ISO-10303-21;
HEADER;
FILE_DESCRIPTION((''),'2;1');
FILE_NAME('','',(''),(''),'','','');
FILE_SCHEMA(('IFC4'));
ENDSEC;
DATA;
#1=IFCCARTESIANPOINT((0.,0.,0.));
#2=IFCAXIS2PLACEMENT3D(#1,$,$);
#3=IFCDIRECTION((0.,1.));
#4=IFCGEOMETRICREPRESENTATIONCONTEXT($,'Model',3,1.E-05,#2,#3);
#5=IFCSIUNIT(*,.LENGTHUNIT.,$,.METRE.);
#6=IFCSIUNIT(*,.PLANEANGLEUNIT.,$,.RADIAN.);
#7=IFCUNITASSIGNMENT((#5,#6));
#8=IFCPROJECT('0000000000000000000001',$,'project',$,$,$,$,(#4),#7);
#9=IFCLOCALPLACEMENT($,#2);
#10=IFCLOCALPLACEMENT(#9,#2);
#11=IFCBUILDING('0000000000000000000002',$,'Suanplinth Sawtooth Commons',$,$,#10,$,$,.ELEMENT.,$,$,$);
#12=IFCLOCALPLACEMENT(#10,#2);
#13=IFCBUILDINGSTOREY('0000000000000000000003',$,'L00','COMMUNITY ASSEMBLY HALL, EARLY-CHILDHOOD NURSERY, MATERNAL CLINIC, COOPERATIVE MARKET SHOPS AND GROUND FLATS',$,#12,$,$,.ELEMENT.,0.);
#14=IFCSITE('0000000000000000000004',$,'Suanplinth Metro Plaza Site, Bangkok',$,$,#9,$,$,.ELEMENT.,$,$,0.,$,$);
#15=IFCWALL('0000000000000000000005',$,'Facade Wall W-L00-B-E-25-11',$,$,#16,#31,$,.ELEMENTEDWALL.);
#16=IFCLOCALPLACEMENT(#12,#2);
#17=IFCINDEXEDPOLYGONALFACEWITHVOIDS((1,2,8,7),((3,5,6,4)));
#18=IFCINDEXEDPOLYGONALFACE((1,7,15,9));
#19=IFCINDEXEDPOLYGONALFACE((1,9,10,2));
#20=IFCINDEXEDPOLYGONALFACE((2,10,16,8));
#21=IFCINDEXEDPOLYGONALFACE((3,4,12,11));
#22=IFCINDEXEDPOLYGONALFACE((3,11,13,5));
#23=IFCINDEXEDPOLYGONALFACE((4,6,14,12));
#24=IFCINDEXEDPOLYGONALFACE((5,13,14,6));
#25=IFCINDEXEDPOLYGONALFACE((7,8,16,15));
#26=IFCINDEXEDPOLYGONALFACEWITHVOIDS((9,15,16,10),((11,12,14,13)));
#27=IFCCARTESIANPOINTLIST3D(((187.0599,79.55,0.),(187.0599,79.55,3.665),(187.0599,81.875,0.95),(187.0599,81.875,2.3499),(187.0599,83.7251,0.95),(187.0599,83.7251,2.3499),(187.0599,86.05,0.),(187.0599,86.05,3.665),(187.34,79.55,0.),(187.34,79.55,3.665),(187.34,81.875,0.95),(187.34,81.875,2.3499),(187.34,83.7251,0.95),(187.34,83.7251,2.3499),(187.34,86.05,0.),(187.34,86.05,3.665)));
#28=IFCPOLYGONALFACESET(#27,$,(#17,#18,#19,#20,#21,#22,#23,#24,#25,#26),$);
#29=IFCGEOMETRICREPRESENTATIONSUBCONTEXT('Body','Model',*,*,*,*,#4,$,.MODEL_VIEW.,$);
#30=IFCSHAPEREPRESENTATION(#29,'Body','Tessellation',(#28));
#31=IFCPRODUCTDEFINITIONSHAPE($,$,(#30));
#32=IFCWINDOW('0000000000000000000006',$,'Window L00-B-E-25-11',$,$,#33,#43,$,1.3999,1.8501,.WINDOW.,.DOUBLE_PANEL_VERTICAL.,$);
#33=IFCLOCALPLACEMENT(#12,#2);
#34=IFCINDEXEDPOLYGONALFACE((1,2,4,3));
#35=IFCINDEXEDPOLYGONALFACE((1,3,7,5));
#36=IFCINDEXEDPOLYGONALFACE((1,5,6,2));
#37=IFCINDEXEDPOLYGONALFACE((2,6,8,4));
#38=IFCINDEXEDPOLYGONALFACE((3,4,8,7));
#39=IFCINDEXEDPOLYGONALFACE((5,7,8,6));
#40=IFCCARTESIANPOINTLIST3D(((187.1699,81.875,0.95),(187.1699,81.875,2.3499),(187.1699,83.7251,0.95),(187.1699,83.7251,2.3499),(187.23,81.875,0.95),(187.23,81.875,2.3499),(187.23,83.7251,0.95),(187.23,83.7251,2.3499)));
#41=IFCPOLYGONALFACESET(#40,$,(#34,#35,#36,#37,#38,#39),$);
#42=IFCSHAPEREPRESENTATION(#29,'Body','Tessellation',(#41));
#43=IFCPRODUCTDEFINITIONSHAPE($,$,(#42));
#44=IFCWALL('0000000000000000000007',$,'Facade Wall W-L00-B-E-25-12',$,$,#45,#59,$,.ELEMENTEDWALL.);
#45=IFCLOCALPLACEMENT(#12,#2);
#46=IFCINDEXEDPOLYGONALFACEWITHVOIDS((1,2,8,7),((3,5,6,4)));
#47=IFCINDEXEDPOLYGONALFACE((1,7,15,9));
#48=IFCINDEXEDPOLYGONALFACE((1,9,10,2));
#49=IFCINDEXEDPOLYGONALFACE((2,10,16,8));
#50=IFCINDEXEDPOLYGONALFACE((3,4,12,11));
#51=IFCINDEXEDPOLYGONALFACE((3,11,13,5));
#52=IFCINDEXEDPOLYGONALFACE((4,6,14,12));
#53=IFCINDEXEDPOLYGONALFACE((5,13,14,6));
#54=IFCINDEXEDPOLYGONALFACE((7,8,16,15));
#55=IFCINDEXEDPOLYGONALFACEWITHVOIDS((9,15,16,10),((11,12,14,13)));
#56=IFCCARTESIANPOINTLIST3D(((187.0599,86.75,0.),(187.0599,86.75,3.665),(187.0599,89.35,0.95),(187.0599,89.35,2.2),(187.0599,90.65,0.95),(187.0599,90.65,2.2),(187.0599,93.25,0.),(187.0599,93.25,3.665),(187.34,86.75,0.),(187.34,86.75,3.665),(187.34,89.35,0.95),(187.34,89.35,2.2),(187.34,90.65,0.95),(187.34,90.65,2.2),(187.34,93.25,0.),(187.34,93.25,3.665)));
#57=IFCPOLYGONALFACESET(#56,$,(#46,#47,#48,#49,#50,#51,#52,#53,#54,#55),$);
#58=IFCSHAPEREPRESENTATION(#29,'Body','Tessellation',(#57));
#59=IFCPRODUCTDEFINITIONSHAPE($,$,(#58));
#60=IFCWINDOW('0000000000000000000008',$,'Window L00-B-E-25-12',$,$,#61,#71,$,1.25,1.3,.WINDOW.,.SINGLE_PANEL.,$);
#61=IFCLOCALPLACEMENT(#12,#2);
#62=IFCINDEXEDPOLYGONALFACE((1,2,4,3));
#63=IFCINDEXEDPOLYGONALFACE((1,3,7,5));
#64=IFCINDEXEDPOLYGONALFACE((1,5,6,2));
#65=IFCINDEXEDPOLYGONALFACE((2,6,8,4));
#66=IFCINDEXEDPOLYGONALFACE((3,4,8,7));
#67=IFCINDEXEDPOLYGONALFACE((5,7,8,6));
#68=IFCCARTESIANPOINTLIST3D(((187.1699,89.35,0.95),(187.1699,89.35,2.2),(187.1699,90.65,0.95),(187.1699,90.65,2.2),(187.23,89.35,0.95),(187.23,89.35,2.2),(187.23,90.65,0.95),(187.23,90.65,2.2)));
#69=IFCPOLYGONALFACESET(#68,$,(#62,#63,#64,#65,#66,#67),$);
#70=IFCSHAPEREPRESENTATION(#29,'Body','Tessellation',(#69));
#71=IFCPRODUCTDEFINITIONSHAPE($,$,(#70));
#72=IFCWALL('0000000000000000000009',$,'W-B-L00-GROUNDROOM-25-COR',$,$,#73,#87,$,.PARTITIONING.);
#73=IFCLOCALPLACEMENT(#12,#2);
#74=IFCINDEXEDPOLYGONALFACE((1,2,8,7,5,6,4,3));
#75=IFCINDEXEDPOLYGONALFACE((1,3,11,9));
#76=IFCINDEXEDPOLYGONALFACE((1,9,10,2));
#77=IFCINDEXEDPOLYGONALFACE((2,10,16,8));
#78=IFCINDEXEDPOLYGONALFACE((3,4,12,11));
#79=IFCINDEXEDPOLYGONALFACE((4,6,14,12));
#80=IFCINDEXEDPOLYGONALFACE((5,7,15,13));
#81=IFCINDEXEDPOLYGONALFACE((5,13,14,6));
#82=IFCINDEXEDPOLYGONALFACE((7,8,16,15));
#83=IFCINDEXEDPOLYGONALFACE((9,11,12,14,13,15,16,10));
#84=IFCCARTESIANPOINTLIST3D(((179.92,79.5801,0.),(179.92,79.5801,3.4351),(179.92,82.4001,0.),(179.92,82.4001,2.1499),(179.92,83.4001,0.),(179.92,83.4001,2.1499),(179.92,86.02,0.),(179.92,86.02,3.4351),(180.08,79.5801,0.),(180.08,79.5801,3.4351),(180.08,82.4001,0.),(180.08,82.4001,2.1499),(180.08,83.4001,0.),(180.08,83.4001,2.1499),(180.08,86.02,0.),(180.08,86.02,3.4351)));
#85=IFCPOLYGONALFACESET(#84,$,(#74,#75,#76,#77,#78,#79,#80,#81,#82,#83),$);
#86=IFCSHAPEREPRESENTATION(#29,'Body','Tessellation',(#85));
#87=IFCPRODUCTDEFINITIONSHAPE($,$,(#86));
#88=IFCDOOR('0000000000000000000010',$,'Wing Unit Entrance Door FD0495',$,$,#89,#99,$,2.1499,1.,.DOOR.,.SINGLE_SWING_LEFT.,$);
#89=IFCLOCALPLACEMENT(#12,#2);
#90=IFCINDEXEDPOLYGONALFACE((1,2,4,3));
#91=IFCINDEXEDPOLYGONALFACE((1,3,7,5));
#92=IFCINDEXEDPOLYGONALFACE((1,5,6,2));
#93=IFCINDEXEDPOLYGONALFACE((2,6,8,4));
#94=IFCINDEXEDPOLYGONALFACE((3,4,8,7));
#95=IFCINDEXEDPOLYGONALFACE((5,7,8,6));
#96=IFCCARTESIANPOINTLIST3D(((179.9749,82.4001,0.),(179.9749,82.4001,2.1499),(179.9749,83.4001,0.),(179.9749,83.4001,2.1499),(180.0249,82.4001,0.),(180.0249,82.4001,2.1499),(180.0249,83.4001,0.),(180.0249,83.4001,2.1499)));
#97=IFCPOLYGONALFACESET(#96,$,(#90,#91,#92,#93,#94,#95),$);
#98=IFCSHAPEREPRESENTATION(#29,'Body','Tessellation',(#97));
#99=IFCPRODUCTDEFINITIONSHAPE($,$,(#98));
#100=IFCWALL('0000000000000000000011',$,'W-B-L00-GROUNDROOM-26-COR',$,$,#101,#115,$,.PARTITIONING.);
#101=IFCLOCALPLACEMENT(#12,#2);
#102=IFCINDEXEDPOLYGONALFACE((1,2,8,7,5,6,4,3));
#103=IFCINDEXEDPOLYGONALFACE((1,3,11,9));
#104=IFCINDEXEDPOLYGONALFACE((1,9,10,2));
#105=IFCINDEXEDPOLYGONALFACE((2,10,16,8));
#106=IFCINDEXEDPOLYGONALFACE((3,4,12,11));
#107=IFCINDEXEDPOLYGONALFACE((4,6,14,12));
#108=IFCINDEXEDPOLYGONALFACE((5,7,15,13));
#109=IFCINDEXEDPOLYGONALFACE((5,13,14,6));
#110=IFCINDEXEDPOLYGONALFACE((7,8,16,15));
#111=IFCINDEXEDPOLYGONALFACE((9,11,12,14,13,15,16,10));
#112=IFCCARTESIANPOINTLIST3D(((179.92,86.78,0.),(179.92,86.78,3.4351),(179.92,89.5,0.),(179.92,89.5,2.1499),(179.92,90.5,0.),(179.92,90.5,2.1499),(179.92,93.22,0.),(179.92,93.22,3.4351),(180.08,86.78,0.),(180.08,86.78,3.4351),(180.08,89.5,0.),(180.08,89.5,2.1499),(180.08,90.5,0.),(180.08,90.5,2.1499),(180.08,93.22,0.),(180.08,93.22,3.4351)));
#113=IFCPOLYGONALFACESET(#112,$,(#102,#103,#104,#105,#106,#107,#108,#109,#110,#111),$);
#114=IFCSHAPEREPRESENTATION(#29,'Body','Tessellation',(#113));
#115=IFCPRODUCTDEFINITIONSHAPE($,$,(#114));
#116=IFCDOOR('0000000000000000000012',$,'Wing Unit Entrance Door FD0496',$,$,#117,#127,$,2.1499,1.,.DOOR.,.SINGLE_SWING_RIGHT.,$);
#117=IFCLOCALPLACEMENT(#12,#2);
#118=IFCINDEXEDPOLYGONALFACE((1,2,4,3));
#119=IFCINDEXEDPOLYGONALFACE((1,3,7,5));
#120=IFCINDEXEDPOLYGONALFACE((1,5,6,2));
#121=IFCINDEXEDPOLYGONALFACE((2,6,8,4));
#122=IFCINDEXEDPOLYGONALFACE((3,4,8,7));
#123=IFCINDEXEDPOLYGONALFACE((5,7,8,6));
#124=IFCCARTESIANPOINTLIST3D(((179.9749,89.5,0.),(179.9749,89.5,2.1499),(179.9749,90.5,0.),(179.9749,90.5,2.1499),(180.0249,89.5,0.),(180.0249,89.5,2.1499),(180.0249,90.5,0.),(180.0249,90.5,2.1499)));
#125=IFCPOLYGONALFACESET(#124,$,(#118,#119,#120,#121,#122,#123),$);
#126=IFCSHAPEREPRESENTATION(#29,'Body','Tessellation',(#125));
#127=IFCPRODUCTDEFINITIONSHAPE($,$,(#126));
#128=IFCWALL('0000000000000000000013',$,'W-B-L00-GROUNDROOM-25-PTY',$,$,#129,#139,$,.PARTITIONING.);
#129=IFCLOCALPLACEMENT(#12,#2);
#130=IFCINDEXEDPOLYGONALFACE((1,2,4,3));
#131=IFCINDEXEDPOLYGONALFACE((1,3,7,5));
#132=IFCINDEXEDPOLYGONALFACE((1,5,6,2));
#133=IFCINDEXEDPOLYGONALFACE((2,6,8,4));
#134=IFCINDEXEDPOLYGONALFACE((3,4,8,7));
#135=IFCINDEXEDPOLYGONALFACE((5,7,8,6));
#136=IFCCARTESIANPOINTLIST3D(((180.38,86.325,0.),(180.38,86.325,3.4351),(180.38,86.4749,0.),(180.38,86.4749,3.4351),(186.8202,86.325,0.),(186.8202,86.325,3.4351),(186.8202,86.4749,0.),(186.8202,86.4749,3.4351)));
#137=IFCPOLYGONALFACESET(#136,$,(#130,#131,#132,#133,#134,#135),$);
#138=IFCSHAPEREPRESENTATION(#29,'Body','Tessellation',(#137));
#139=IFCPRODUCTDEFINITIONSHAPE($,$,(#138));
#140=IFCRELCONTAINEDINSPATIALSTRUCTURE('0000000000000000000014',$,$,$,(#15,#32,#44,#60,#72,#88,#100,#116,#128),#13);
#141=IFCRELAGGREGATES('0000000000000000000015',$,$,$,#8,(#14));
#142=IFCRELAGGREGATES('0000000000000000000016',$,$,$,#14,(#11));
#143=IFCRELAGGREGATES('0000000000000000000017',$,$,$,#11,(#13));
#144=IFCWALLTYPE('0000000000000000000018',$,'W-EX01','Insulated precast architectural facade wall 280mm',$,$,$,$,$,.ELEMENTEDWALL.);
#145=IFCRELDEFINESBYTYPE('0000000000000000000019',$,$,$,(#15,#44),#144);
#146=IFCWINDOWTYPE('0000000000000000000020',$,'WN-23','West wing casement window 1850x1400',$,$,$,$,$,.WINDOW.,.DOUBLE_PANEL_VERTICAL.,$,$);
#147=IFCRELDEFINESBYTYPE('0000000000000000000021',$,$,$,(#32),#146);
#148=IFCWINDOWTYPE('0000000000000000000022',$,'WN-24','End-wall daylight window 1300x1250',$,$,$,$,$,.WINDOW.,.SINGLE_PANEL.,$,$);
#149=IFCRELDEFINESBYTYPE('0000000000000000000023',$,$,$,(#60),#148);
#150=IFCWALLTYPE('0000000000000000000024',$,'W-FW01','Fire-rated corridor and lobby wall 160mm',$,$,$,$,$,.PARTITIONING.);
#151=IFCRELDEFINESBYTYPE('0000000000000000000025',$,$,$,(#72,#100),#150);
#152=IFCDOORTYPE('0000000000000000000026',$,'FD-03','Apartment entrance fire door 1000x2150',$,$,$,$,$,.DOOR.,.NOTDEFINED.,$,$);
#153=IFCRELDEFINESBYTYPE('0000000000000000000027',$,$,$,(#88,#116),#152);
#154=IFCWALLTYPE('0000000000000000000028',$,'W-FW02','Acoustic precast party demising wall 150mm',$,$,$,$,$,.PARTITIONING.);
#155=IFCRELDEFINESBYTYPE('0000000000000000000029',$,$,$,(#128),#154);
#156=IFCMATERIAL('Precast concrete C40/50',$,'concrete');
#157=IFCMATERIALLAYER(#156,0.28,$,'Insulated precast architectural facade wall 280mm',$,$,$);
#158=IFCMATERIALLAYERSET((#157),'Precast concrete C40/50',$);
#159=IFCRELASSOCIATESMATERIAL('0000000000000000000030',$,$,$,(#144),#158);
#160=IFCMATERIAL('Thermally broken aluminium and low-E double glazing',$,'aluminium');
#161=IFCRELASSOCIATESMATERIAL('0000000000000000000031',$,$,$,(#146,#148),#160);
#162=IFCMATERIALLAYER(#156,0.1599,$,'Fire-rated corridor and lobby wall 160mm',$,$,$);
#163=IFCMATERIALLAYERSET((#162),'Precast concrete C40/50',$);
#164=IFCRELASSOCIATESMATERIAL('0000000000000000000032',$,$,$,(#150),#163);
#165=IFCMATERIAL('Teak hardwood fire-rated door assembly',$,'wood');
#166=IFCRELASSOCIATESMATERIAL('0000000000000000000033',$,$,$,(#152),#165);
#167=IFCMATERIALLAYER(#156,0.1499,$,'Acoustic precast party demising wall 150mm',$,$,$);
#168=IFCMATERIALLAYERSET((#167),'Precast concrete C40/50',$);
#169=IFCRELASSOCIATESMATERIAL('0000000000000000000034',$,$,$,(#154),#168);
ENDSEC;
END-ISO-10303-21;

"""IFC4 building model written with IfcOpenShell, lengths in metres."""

from ifc_helpers import new_model, si_unit, direction, frame, frame_2d, origin, place, context, subcontext, project, spatial, rectangle, extrude, material, layer, layer_set, type_object, element, fill, save


model = new_model("IFC4")

# Units and contexts
model_context = context("Model", 3, precision=1e-05, world=origin(), true_north=direction((0.0, 1.0)))
body_context = subcontext(model_context, "Body", "Model", "MODEL_VIEW")
ifc_project = project(units=[si_unit("LENGTHUNIT", "METRE"), si_unit("PLANEANGLEUNIT", "RADIAN")], contexts=[model_context])

# Site, building, storey
site_placement = place(None, origin())
site = spatial("IfcSite", under=ifc_project, at=site_placement, Name="Suanplinth Metro Plaza Site, Bangkok", CompositionType="ELEMENT", RefElevation=0.0)
building_placement = place(site_placement, origin())
building = spatial("IfcBuilding", under=site, at=building_placement, Name="Suanplinth Sawtooth Commons", CompositionType="ELEMENT")
storey_placement = place(building_placement, origin())
storey = spatial("IfcBuildingStorey", under=building, at=storey_placement, Name="L00", Description="COMMUNITY ASSEMBLY HALL, EARLY-CHILDHOOD NURSERY, MATERNAL CLINIC, COOPERATIVE MARKET SHOPS AND GROUND FLATS", CompositionType="ELEMENT", Elevation=0.0)

# Shared definitions
ifc_material_1 = material(Name="Precast concrete C40/50", Category="concrete")

# Walls, openings, windows
ifc_layer_1 = layer(ifc_material_1, 0.28, Name="Insulated precast architectural facade wall 280mm")
ifc_layer_set_1 = layer_set([ifc_layer_1], Name="Precast concrete C40/50")
wall_type_1 = type_object("IfcWallType", Name="W-EX01", Description="Insulated precast architectural facade wall 280mm", PredefinedType="ELEMENTEDWALL", material=ifc_layer_set_1)
ifc_material_2 = material(Name="Thermally broken aluminium and low-E double glazing", Category="aluminium")
window_type_1 = type_object("IfcWindowType", Name="WN-23", Description="West wing casement window 1850x1400", PartitioningType="DOUBLE_PANEL_VERTICAL", PredefinedType="WINDOW", material=ifc_material_2)
wall_1_placement = place(storey_placement, frame((187.2, 79.55, 0.0), z_axis=(0.0, 0.0, 1.0), x_axis=(0.0, 1.0, 0.0)))
wall_1 = element("IfcWall", 1, at=wall_1_placement, inside=storey, type_object=wall_type_1, Name="Facade Wall W-L00-B-E-25-11", PredefinedType="ELEMENTEDWALL", context=body_context, shape_type="SweptSolid", body=[
    extrude(rectangle(XDim=6.5, YDim=0.28, at=frame_2d((3.25, 0.0))), origin(), (0.0, 0.0, 1.0), 3.665),
])
opening_1_placement = place(wall_1_placement, frame((2.325, 0.0, 0.95)))
opening_1 = element("IfcOpeningElement", 2, at=opening_1_placement, cuts=wall_1, PredefinedType="OPENING", context=body_context, shape_type="SweptSolid", body=[
    extrude(rectangle(XDim=1.8501, YDim=1.3999, at=frame_2d((0.925, 0.7))), frame((0.0, 0.1548, 0.0), z_axis=(0.0, -1.0, 0.0), x_axis=(1.0, 0.0, 0.0)), (0.0, 0.0, 1.0), 0.3098),
])
window_1_placement = place(opening_1_placement, origin())
window_1 = element("IfcWindow", 3, at=window_1_placement, inside=storey, type_object=window_type_1, Name="Window L00-B-E-25-11", OverallHeight=1.3999, OverallWidth=1.8501, PartitioningType="DOUBLE_PANEL_VERTICAL", PredefinedType="WINDOW", context=body_context, shape_type="SweptSolid", body=[
    extrude(rectangle(XDim=1.8501, YDim=1.3999, at=frame_2d((0.925, 0.7))), frame((0.0, 0.03, 0.0), z_axis=(0.0, -1.0, 0.0), x_axis=(1.0, 0.0, 0.0)), (0.0, 0.0, 1.0), 0.0601),
])
fill(opening_1, window_1)
wall_2_placement = place(storey_placement, frame((187.2, 86.75, 0.0), z_axis=(0.0, 0.0, 1.0), x_axis=(0.0, 1.0, 0.0)))
wall_2 = element("IfcWall", 4, at=wall_2_placement, inside=storey, type_object=wall_type_1, Name="Facade Wall W-L00-B-E-25-12", PredefinedType="ELEMENTEDWALL", context=body_context, shape_type="SweptSolid", body=[
    extrude(rectangle(XDim=6.5, YDim=0.28, at=frame_2d((3.25, 0.0))), origin(), (0.0, 0.0, 1.0), 3.665),
])
opening_2_placement = place(wall_2_placement, frame((2.6001, 0.0, 0.95)))
opening_2 = element("IfcOpeningElement", 5, at=opening_2_placement, cuts=wall_2, PredefinedType="OPENING", context=body_context, shape_type="SweptSolid", body=[
    extrude(rectangle(XDim=1.3, YDim=1.25, at=frame_2d((0.6499, 0.625))), frame((0.0, 0.1548, 0.0), z_axis=(0.0, -1.0, 0.0), x_axis=(1.0, 0.0, 0.0)), (0.0, 0.0, 1.0), 0.3098),
])
window_type_2 = type_object("IfcWindowType", Name="WN-24", Description="End-wall daylight window 1300x1250", PartitioningType="SINGLE_PANEL", PredefinedType="WINDOW", material=ifc_material_2)
window_2_placement = place(opening_2_placement, origin())
window_2 = element("IfcWindow", 6, at=window_2_placement, inside=storey, type_object=window_type_2, Name="Window L00-B-E-25-12", OverallHeight=1.25, OverallWidth=1.3, PartitioningType="SINGLE_PANEL", PredefinedType="WINDOW", context=body_context, shape_type="SweptSolid", body=[
    extrude(rectangle(XDim=1.3, YDim=1.25, at=frame_2d((0.6499, 0.625))), frame((0.0, 0.03, 0.0), z_axis=(0.0, -1.0, 0.0), x_axis=(1.0, 0.0, 0.0)), (0.0, 0.0, 1.0), 0.0601),
])
fill(opening_2, window_2)

# Walls, openings, doors
ifc_layer_2 = layer(ifc_material_1, 0.1599, Name="Fire-rated corridor and lobby wall 160mm")
ifc_layer_set_2 = layer_set([ifc_layer_2], Name="Precast concrete C40/50")
wall_type_2 = type_object("IfcWallType", Name="W-FW01", Description="Fire-rated corridor and lobby wall 160mm", PredefinedType="PARTITIONING", material=ifc_layer_set_2)
wall_3_placement = place(storey_placement, frame((180.0, 79.5801, 0.0), z_axis=(0.0, 0.0, 1.0), x_axis=(0.0, 1.0, 0.0)))
wall_3 = element("IfcWall", 7, at=wall_3_placement, inside=storey, type_object=wall_type_2, Name="W-B-L00-GROUNDROOM-25-COR", PredefinedType="PARTITIONING", context=body_context, shape_type="SweptSolid", body=[
    extrude(rectangle(XDim=6.4399, YDim=0.1599, at=frame_2d((3.22, 0.0))), origin(), (0.0, 0.0, 1.0), 3.4351),
])
opening_3_placement = place(wall_3_placement, frame((2.8201, 0.0, 0.0)))
opening_3 = element("IfcOpeningElement", 8, at=opening_3_placement, cuts=wall_3, PredefinedType="OPENING", context=body_context, shape_type="SweptSolid", body=[
    extrude(rectangle(XDim=1.0, YDim=2.1499, at=frame_2d((0.5, 1.075))), frame((0.0, 0.0947, 0.0), z_axis=(0.0, -1.0, 0.0), x_axis=(1.0, 0.0, 0.0)), (0.0, 0.0, 1.0), 0.1897),
])
ifc_material_3 = material(Name="Teak hardwood fire-rated door assembly", Category="wood")
door_type = type_object("IfcDoorType", Name="FD-03", Description="Apartment entrance fire door 1000x2150", OperationType="NOTDEFINED", PredefinedType="DOOR", material=ifc_material_3)
door_1_placement = place(opening_3_placement, frame((1.0, 0.0, 0.0), z_axis=(0.0, 0.0, 1.0), x_axis=(-1.0, 0.0, 0.0)))
door_1 = element("IfcDoor", 9, at=door_1_placement, inside=storey, type_object=door_type, Name="Wing Unit Entrance Door FD0495", OperationType="SINGLE_SWING_LEFT", OverallHeight=2.1499, OverallWidth=1.0, PredefinedType="DOOR", context=body_context, shape_type="SweptSolid", body=[
    extrude(rectangle(XDim=1.0, YDim=2.1499, at=frame_2d((0.5, 1.075))), frame((0.0, 0.0249, 0.0), z_axis=(0.0, -1.0, 0.0), x_axis=(1.0, 0.0, 0.0)), (0.0, 0.0, 1.0), 0.05),
])
fill(opening_3, door_1)
wall_4_placement = place(storey_placement, frame((180.0, 86.78, 0.0), z_axis=(0.0, 0.0, 1.0), x_axis=(0.0, 1.0, 0.0)))
wall_4 = element("IfcWall", 10, at=wall_4_placement, inside=storey, type_object=wall_type_2, Name="W-B-L00-GROUNDROOM-26-COR", PredefinedType="PARTITIONING", context=body_context, shape_type="SweptSolid", body=[
    extrude(rectangle(XDim=6.4399, YDim=0.1599, at=frame_2d((3.22, 0.0))), origin(), (0.0, 0.0, 1.0), 3.4351),
])
opening_4_placement = place(wall_4_placement, frame((2.72, 0.0, 0.0)))
opening_4 = element("IfcOpeningElement", 11, at=opening_4_placement, cuts=wall_4, PredefinedType="OPENING", context=body_context, shape_type="SweptSolid", body=[
    extrude(rectangle(XDim=1.0, YDim=2.1499, at=frame_2d((0.5, 1.075))), frame((0.0, 0.0947, 0.0), z_axis=(0.0, -1.0, 0.0), x_axis=(1.0, 0.0, 0.0)), (0.0, 0.0, 1.0), 0.1897),
])
door_2_placement = place(opening_4_placement, frame((1.0, 0.0, 0.0), z_axis=(0.0, 0.0, 1.0), x_axis=(-1.0, 0.0, 0.0)))
door_2 = element("IfcDoor", 12, at=door_2_placement, inside=storey, type_object=door_type, Name="Wing Unit Entrance Door FD0496", OperationType="SINGLE_SWING_RIGHT", OverallHeight=2.1499, OverallWidth=1.0, PredefinedType="DOOR", context=body_context, shape_type="SweptSolid", body=[
    extrude(rectangle(XDim=1.0, YDim=2.1499, at=frame_2d((0.5, 1.075))), frame((0.0, 0.0249, 0.0), z_axis=(0.0, -1.0, 0.0), x_axis=(1.0, 0.0, 0.0)), (0.0, 0.0, 1.0), 0.05),
])
fill(opening_4, door_2)

# Wall
ifc_layer_3 = layer(ifc_material_1, 0.1499, Name="Acoustic precast party demising wall 150mm")
ifc_layer_set_3 = layer_set([ifc_layer_3], Name="Precast concrete C40/50")
wall_type_3 = type_object("IfcWallType", Name="W-FW02", Description="Acoustic precast party demising wall 150mm", PredefinedType="PARTITIONING", material=ifc_layer_set_3)
wall_5_placement = place(storey_placement, frame((180.3799, 86.3999, 0.0), z_axis=(0.0, 0.0, 1.0), x_axis=(1.0, 0.0, 0.0)))
element("IfcWall", 13, at=wall_5_placement, inside=storey, type_object=wall_type_3, Name="W-B-L00-GROUNDROOM-25-PTY", PredefinedType="PARTITIONING", context=body_context, shape_type="SweptSolid", body=[
    extrude(rectangle(XDim=6.4402, YDim=0.1499, at=frame_2d((3.2202, 0.0))), origin(), (0.0, 0.0, 1.0), 3.4351),
])

save(model, "model.ifc")
